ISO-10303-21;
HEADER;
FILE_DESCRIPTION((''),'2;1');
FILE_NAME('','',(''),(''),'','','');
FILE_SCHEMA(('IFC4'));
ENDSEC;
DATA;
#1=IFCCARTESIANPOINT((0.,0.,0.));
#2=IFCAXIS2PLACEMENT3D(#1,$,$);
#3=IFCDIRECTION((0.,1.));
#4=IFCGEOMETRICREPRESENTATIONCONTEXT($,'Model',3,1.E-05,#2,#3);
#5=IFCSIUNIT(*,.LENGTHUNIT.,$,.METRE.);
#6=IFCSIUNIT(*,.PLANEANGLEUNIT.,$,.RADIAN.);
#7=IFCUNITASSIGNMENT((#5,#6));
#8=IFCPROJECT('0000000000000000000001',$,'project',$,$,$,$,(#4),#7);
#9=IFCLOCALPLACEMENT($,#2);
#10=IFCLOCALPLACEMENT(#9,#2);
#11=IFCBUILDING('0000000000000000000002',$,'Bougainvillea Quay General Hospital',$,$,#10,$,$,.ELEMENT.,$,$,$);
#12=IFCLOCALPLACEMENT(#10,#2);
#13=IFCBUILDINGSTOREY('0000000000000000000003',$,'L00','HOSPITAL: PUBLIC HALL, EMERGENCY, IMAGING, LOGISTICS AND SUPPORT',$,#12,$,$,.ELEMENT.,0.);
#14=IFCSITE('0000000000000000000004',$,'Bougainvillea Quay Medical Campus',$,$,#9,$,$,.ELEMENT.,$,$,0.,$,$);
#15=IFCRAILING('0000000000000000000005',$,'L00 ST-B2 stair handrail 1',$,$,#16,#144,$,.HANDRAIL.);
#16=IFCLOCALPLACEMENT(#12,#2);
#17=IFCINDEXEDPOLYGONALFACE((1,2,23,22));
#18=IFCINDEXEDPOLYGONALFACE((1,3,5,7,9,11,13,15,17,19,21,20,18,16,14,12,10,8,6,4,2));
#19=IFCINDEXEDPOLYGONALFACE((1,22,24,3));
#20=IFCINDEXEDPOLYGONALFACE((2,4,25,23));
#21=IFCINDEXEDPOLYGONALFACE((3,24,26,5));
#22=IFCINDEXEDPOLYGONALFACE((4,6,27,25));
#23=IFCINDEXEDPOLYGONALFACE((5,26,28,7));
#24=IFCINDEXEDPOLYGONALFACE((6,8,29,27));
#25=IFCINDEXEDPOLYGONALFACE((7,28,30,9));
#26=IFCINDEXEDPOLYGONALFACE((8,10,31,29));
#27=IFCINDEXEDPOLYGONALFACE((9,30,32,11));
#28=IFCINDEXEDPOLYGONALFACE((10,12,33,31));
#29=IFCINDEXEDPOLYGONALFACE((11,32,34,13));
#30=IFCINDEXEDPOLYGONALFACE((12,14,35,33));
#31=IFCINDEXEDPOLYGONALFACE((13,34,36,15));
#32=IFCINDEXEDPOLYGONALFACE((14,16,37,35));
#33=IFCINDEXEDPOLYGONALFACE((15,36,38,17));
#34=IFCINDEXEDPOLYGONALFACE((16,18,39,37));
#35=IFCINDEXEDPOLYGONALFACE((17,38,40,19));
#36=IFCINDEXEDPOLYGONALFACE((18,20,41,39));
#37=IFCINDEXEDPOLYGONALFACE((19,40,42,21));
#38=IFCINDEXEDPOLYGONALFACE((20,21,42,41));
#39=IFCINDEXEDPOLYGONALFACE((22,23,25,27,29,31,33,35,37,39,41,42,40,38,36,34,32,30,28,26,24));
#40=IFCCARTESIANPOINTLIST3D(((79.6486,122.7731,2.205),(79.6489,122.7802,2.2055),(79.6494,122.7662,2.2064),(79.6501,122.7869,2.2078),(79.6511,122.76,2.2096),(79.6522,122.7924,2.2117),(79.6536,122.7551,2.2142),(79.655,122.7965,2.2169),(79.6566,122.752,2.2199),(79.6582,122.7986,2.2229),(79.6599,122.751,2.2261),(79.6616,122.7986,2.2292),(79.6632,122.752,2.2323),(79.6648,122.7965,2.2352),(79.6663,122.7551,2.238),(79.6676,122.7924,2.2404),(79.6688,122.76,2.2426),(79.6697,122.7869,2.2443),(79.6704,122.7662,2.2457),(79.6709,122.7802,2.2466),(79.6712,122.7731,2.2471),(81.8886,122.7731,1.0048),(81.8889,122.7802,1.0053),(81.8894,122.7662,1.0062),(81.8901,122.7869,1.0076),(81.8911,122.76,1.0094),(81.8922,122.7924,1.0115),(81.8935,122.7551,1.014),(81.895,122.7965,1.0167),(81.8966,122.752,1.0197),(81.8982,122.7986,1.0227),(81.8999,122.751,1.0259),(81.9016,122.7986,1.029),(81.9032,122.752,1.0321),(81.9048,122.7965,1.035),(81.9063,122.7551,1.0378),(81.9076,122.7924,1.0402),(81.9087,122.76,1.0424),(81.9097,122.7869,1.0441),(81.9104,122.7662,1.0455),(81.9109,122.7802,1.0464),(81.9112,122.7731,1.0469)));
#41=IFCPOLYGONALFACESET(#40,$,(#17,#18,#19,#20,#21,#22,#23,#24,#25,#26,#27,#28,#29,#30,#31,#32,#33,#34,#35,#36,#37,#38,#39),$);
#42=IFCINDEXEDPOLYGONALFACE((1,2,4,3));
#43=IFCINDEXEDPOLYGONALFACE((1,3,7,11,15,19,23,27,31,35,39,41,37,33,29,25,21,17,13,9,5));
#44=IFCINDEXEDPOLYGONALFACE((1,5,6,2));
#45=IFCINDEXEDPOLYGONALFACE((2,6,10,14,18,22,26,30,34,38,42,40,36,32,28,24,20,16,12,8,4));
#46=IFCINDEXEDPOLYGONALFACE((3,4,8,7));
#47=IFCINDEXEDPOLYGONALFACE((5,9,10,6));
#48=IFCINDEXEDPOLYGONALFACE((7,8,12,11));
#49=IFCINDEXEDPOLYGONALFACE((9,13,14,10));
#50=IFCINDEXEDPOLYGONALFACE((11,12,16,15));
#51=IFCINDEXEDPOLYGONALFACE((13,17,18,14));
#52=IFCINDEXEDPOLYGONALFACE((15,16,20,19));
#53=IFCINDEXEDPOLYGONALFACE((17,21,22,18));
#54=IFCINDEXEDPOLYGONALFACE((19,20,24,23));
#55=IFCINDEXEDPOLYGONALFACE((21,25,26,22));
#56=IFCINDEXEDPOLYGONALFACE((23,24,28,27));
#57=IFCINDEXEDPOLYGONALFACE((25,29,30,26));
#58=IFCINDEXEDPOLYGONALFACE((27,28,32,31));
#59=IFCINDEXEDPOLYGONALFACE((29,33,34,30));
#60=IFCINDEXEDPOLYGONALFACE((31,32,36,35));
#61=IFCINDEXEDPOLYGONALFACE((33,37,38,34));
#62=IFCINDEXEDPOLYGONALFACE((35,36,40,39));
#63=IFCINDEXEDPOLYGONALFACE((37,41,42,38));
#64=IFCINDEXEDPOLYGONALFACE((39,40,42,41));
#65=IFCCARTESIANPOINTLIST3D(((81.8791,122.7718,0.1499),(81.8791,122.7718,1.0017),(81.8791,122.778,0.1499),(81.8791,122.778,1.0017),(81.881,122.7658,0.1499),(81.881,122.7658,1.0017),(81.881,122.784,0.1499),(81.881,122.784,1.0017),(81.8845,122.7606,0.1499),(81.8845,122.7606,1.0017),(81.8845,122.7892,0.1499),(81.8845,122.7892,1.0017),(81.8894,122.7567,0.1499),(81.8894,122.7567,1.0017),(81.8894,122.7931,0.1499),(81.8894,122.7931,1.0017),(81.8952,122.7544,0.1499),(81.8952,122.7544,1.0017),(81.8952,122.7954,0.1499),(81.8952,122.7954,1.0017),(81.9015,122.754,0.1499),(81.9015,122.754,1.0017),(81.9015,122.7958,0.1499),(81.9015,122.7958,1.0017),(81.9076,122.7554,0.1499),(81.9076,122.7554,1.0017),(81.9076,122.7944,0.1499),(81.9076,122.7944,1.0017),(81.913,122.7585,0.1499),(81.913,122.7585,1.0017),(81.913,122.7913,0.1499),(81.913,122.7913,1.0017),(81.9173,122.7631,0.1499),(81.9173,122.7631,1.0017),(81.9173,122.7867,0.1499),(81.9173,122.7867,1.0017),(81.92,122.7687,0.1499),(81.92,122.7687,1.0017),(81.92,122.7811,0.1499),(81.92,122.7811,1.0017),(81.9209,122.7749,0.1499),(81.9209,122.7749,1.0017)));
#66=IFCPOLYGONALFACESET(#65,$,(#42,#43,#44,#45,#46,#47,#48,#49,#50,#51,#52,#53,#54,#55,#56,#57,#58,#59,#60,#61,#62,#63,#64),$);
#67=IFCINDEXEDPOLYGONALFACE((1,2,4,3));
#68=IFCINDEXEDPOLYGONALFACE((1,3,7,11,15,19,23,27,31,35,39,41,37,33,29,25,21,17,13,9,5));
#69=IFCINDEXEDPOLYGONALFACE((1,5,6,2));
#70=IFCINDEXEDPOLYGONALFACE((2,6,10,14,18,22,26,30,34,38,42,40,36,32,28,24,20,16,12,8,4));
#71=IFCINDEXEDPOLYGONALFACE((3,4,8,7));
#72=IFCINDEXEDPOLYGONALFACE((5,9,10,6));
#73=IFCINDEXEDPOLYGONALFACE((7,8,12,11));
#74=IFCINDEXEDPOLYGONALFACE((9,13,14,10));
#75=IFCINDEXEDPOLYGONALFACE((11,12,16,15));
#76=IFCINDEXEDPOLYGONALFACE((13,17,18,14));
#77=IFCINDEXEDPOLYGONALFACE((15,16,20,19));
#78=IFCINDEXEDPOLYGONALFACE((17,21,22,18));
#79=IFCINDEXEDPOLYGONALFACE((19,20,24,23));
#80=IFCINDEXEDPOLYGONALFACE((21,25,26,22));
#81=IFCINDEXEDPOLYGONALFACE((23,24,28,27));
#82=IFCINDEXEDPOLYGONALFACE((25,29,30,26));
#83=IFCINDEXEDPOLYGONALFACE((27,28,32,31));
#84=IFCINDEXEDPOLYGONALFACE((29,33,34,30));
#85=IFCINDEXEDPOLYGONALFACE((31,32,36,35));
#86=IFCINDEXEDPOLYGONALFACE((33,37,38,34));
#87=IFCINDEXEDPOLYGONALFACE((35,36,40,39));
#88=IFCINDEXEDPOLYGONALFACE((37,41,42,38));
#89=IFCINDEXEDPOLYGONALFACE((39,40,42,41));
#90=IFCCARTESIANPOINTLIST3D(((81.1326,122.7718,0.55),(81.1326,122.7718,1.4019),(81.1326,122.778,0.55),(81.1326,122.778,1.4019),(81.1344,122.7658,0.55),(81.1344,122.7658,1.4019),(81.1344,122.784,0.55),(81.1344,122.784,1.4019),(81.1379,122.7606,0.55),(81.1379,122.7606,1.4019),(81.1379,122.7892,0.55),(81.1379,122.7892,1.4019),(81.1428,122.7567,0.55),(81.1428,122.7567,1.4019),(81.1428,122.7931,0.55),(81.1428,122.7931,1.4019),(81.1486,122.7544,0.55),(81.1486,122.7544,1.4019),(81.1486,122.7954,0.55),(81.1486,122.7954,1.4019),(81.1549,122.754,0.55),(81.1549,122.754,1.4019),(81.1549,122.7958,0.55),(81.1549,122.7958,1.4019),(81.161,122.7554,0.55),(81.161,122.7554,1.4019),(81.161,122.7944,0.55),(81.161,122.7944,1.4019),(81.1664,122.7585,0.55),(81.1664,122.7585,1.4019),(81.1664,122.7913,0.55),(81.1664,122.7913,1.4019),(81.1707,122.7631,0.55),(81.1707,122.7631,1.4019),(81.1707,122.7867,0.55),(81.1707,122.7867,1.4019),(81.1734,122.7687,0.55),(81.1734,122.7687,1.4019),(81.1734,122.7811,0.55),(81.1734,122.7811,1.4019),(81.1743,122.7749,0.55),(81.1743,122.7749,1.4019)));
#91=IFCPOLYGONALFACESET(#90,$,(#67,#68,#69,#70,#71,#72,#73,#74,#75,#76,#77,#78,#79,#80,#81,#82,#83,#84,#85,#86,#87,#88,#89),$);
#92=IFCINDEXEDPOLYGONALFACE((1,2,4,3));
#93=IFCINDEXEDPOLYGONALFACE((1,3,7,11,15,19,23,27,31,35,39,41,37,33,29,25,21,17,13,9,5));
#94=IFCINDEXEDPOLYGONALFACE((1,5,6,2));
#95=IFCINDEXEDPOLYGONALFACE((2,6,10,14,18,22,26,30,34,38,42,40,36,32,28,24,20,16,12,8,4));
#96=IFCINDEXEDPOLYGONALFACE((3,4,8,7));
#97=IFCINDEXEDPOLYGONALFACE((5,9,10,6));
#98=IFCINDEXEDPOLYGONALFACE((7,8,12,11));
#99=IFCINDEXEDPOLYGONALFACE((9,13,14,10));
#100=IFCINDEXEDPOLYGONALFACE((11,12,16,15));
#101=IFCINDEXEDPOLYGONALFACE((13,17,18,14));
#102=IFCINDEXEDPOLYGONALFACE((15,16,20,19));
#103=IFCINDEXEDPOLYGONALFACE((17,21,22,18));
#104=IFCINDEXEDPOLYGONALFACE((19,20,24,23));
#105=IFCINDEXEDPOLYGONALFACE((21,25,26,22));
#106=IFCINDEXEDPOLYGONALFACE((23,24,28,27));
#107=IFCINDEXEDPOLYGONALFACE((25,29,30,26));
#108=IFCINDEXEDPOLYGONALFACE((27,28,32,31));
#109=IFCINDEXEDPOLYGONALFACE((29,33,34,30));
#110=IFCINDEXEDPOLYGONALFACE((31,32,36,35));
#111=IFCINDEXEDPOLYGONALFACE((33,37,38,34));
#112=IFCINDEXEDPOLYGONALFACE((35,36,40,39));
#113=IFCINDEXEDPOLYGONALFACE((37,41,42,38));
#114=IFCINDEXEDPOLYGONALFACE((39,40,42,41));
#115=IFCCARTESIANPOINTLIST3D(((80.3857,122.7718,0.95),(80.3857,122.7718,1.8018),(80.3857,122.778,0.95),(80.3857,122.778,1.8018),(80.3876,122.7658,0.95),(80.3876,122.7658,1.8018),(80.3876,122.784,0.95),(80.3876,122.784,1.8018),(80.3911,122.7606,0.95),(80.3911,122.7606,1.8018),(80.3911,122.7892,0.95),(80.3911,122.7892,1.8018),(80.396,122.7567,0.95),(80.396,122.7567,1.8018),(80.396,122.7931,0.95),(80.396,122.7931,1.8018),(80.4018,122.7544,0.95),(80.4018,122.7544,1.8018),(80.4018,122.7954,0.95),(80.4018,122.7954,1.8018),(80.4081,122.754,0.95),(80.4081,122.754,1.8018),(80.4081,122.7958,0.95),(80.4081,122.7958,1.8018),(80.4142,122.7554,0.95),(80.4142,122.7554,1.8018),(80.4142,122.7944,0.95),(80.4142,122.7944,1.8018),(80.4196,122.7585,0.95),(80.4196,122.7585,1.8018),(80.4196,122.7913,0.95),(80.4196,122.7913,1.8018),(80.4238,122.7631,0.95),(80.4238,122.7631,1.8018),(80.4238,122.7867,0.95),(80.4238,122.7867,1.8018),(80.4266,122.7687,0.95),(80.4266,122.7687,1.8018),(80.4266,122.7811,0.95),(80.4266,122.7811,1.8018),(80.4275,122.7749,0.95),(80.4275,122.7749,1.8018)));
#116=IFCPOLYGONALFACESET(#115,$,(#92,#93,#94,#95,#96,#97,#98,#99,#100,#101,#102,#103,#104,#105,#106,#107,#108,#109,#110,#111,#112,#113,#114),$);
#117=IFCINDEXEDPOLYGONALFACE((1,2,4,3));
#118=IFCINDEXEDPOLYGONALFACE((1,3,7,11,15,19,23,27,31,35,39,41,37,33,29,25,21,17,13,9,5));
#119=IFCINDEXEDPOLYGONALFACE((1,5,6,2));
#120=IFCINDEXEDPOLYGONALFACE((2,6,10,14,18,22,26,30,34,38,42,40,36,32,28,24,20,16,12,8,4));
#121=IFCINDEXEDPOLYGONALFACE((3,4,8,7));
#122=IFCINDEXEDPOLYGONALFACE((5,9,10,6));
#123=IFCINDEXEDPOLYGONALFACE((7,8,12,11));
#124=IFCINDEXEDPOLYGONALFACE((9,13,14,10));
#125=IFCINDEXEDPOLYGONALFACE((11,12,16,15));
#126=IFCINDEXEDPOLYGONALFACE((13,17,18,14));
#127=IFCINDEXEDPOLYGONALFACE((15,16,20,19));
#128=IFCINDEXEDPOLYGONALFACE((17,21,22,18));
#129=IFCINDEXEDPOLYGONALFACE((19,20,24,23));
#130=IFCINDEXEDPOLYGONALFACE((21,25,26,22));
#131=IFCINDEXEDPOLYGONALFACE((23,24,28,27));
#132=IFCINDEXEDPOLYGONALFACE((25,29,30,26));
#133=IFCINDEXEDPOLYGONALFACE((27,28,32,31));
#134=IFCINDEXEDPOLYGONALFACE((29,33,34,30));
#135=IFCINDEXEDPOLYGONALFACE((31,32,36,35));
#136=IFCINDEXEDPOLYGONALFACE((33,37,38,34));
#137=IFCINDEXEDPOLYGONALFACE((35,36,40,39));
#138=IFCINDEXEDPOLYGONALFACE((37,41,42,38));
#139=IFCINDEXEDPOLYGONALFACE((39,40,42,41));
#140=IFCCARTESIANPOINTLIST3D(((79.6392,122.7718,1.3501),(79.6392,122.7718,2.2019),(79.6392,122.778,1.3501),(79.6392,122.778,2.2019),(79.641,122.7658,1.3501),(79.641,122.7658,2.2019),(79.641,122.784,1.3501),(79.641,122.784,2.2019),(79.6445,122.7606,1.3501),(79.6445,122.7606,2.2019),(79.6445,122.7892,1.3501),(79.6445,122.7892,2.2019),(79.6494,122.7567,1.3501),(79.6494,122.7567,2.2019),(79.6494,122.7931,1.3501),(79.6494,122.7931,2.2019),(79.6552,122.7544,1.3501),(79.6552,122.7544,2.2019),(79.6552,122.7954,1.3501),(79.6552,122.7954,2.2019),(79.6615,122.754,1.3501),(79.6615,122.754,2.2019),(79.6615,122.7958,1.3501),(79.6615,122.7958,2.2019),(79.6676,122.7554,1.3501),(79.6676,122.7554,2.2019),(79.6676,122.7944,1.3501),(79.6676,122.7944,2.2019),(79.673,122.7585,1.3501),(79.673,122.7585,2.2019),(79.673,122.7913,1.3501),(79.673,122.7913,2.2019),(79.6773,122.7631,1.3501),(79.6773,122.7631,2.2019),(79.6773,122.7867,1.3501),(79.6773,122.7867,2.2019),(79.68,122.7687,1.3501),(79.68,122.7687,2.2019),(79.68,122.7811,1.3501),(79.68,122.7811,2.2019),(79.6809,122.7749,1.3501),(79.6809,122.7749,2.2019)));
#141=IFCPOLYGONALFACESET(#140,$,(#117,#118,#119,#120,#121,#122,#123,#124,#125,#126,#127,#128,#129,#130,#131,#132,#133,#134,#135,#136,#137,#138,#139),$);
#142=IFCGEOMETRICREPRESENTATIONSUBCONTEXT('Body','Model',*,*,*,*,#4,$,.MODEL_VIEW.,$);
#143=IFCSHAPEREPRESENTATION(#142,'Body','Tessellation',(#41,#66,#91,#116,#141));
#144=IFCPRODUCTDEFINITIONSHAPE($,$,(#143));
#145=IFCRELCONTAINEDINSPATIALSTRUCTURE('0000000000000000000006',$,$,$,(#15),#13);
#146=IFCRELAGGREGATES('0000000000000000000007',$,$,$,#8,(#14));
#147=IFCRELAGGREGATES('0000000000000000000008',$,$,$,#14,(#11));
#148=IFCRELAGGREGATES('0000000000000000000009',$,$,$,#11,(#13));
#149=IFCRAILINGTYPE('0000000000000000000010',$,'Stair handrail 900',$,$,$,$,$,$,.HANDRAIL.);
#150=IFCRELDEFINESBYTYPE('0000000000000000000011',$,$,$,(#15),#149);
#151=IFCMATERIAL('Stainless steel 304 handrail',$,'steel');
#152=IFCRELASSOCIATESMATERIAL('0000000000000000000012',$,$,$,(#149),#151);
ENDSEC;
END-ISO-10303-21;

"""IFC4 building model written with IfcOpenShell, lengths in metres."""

from ifc_helpers import new_model, si_unit, direction, frame, origin, origin_2d, place, context, subcontext, project, spatial, circle, extrude, material, type_object, element, save


model = new_model("IFC4")

# Units and contexts
model_context = context("Model", 3, precision=1e-05, world=origin(), true_north=direction((0.0, 1.0)))
body_context = subcontext(model_context, "Body", "Model", "MODEL_VIEW")
ifc_project = project(units=[si_unit("LENGTHUNIT", "METRE"), si_unit("PLANEANGLEUNIT", "RADIAN")], contexts=[model_context])

# Site, building, storey
site_placement = place(None, origin())
site = spatial("IfcSite", under=ifc_project, at=site_placement, Name="Bougainvillea Quay Medical Campus", CompositionType="ELEMENT", RefElevation=0.0)
building_placement = place(site_placement, origin())
building = spatial("IfcBuilding", under=site, at=building_placement, Name="Bougainvillea Quay General Hospital", CompositionType="ELEMENT")
storey_placement = place(building_placement, origin())
storey = spatial("IfcBuildingStorey", under=building, at=storey_placement, Name="L00", Description="HOSPITAL: PUBLIC HALL, EMERGENCY, IMAGING, LOGISTICS AND SUPPORT", CompositionType="ELEMENT", Elevation=0.0)

# Railing
ifc_material_1 = material(Name="Stainless steel 304 handrail", Category="steel")
railing_type_1 = type_object("IfcRailingType", Name="Stair handrail 900", PredefinedType="HANDRAIL", material=ifc_material_1)
railing_1_placement = place(storey_placement, frame((81.8999, 122.7749, 0.1499)))
element("IfcRailing", 1, at=railing_1_placement, inside=storey, type_object=railing_type_1, Name="L00 ST-B2 stair handrail 1", PredefinedType="HANDRAIL", context=body_context, shape_type="SweptSolid", body=[
    extrude(circle(Radius=0.0239, at=origin_2d()), frame((0.0, 0.0, 0.876), z_axis=(-0.881447, 0.0, 0.472283), x_axis=(0.0, -1.0, 0.0)), (0.0, 0.0, 1.0), 2.5413),
    extrude(circle(Radius=0.021, at=origin_2d()), origin(), (0.0, 0.0, 1.0), 0.8518),
    extrude(circle(Radius=0.021, at=origin_2d()), frame((-0.7466, 0.0, 0.4001)), (0.0, 0.0, 1.0), 0.8518),
    extrude(circle(Radius=0.021, at=origin_2d()), frame((-1.4934, 0.0, 0.8)), (0.0, 0.0, 1.0), 0.8518),
    extrude(circle(Radius=0.021, at=origin_2d()), frame((-2.24, 0.0, 1.2002)), (0.0, 0.0, 1.0), 0.8518),
])

save(model, "model.ifc")
